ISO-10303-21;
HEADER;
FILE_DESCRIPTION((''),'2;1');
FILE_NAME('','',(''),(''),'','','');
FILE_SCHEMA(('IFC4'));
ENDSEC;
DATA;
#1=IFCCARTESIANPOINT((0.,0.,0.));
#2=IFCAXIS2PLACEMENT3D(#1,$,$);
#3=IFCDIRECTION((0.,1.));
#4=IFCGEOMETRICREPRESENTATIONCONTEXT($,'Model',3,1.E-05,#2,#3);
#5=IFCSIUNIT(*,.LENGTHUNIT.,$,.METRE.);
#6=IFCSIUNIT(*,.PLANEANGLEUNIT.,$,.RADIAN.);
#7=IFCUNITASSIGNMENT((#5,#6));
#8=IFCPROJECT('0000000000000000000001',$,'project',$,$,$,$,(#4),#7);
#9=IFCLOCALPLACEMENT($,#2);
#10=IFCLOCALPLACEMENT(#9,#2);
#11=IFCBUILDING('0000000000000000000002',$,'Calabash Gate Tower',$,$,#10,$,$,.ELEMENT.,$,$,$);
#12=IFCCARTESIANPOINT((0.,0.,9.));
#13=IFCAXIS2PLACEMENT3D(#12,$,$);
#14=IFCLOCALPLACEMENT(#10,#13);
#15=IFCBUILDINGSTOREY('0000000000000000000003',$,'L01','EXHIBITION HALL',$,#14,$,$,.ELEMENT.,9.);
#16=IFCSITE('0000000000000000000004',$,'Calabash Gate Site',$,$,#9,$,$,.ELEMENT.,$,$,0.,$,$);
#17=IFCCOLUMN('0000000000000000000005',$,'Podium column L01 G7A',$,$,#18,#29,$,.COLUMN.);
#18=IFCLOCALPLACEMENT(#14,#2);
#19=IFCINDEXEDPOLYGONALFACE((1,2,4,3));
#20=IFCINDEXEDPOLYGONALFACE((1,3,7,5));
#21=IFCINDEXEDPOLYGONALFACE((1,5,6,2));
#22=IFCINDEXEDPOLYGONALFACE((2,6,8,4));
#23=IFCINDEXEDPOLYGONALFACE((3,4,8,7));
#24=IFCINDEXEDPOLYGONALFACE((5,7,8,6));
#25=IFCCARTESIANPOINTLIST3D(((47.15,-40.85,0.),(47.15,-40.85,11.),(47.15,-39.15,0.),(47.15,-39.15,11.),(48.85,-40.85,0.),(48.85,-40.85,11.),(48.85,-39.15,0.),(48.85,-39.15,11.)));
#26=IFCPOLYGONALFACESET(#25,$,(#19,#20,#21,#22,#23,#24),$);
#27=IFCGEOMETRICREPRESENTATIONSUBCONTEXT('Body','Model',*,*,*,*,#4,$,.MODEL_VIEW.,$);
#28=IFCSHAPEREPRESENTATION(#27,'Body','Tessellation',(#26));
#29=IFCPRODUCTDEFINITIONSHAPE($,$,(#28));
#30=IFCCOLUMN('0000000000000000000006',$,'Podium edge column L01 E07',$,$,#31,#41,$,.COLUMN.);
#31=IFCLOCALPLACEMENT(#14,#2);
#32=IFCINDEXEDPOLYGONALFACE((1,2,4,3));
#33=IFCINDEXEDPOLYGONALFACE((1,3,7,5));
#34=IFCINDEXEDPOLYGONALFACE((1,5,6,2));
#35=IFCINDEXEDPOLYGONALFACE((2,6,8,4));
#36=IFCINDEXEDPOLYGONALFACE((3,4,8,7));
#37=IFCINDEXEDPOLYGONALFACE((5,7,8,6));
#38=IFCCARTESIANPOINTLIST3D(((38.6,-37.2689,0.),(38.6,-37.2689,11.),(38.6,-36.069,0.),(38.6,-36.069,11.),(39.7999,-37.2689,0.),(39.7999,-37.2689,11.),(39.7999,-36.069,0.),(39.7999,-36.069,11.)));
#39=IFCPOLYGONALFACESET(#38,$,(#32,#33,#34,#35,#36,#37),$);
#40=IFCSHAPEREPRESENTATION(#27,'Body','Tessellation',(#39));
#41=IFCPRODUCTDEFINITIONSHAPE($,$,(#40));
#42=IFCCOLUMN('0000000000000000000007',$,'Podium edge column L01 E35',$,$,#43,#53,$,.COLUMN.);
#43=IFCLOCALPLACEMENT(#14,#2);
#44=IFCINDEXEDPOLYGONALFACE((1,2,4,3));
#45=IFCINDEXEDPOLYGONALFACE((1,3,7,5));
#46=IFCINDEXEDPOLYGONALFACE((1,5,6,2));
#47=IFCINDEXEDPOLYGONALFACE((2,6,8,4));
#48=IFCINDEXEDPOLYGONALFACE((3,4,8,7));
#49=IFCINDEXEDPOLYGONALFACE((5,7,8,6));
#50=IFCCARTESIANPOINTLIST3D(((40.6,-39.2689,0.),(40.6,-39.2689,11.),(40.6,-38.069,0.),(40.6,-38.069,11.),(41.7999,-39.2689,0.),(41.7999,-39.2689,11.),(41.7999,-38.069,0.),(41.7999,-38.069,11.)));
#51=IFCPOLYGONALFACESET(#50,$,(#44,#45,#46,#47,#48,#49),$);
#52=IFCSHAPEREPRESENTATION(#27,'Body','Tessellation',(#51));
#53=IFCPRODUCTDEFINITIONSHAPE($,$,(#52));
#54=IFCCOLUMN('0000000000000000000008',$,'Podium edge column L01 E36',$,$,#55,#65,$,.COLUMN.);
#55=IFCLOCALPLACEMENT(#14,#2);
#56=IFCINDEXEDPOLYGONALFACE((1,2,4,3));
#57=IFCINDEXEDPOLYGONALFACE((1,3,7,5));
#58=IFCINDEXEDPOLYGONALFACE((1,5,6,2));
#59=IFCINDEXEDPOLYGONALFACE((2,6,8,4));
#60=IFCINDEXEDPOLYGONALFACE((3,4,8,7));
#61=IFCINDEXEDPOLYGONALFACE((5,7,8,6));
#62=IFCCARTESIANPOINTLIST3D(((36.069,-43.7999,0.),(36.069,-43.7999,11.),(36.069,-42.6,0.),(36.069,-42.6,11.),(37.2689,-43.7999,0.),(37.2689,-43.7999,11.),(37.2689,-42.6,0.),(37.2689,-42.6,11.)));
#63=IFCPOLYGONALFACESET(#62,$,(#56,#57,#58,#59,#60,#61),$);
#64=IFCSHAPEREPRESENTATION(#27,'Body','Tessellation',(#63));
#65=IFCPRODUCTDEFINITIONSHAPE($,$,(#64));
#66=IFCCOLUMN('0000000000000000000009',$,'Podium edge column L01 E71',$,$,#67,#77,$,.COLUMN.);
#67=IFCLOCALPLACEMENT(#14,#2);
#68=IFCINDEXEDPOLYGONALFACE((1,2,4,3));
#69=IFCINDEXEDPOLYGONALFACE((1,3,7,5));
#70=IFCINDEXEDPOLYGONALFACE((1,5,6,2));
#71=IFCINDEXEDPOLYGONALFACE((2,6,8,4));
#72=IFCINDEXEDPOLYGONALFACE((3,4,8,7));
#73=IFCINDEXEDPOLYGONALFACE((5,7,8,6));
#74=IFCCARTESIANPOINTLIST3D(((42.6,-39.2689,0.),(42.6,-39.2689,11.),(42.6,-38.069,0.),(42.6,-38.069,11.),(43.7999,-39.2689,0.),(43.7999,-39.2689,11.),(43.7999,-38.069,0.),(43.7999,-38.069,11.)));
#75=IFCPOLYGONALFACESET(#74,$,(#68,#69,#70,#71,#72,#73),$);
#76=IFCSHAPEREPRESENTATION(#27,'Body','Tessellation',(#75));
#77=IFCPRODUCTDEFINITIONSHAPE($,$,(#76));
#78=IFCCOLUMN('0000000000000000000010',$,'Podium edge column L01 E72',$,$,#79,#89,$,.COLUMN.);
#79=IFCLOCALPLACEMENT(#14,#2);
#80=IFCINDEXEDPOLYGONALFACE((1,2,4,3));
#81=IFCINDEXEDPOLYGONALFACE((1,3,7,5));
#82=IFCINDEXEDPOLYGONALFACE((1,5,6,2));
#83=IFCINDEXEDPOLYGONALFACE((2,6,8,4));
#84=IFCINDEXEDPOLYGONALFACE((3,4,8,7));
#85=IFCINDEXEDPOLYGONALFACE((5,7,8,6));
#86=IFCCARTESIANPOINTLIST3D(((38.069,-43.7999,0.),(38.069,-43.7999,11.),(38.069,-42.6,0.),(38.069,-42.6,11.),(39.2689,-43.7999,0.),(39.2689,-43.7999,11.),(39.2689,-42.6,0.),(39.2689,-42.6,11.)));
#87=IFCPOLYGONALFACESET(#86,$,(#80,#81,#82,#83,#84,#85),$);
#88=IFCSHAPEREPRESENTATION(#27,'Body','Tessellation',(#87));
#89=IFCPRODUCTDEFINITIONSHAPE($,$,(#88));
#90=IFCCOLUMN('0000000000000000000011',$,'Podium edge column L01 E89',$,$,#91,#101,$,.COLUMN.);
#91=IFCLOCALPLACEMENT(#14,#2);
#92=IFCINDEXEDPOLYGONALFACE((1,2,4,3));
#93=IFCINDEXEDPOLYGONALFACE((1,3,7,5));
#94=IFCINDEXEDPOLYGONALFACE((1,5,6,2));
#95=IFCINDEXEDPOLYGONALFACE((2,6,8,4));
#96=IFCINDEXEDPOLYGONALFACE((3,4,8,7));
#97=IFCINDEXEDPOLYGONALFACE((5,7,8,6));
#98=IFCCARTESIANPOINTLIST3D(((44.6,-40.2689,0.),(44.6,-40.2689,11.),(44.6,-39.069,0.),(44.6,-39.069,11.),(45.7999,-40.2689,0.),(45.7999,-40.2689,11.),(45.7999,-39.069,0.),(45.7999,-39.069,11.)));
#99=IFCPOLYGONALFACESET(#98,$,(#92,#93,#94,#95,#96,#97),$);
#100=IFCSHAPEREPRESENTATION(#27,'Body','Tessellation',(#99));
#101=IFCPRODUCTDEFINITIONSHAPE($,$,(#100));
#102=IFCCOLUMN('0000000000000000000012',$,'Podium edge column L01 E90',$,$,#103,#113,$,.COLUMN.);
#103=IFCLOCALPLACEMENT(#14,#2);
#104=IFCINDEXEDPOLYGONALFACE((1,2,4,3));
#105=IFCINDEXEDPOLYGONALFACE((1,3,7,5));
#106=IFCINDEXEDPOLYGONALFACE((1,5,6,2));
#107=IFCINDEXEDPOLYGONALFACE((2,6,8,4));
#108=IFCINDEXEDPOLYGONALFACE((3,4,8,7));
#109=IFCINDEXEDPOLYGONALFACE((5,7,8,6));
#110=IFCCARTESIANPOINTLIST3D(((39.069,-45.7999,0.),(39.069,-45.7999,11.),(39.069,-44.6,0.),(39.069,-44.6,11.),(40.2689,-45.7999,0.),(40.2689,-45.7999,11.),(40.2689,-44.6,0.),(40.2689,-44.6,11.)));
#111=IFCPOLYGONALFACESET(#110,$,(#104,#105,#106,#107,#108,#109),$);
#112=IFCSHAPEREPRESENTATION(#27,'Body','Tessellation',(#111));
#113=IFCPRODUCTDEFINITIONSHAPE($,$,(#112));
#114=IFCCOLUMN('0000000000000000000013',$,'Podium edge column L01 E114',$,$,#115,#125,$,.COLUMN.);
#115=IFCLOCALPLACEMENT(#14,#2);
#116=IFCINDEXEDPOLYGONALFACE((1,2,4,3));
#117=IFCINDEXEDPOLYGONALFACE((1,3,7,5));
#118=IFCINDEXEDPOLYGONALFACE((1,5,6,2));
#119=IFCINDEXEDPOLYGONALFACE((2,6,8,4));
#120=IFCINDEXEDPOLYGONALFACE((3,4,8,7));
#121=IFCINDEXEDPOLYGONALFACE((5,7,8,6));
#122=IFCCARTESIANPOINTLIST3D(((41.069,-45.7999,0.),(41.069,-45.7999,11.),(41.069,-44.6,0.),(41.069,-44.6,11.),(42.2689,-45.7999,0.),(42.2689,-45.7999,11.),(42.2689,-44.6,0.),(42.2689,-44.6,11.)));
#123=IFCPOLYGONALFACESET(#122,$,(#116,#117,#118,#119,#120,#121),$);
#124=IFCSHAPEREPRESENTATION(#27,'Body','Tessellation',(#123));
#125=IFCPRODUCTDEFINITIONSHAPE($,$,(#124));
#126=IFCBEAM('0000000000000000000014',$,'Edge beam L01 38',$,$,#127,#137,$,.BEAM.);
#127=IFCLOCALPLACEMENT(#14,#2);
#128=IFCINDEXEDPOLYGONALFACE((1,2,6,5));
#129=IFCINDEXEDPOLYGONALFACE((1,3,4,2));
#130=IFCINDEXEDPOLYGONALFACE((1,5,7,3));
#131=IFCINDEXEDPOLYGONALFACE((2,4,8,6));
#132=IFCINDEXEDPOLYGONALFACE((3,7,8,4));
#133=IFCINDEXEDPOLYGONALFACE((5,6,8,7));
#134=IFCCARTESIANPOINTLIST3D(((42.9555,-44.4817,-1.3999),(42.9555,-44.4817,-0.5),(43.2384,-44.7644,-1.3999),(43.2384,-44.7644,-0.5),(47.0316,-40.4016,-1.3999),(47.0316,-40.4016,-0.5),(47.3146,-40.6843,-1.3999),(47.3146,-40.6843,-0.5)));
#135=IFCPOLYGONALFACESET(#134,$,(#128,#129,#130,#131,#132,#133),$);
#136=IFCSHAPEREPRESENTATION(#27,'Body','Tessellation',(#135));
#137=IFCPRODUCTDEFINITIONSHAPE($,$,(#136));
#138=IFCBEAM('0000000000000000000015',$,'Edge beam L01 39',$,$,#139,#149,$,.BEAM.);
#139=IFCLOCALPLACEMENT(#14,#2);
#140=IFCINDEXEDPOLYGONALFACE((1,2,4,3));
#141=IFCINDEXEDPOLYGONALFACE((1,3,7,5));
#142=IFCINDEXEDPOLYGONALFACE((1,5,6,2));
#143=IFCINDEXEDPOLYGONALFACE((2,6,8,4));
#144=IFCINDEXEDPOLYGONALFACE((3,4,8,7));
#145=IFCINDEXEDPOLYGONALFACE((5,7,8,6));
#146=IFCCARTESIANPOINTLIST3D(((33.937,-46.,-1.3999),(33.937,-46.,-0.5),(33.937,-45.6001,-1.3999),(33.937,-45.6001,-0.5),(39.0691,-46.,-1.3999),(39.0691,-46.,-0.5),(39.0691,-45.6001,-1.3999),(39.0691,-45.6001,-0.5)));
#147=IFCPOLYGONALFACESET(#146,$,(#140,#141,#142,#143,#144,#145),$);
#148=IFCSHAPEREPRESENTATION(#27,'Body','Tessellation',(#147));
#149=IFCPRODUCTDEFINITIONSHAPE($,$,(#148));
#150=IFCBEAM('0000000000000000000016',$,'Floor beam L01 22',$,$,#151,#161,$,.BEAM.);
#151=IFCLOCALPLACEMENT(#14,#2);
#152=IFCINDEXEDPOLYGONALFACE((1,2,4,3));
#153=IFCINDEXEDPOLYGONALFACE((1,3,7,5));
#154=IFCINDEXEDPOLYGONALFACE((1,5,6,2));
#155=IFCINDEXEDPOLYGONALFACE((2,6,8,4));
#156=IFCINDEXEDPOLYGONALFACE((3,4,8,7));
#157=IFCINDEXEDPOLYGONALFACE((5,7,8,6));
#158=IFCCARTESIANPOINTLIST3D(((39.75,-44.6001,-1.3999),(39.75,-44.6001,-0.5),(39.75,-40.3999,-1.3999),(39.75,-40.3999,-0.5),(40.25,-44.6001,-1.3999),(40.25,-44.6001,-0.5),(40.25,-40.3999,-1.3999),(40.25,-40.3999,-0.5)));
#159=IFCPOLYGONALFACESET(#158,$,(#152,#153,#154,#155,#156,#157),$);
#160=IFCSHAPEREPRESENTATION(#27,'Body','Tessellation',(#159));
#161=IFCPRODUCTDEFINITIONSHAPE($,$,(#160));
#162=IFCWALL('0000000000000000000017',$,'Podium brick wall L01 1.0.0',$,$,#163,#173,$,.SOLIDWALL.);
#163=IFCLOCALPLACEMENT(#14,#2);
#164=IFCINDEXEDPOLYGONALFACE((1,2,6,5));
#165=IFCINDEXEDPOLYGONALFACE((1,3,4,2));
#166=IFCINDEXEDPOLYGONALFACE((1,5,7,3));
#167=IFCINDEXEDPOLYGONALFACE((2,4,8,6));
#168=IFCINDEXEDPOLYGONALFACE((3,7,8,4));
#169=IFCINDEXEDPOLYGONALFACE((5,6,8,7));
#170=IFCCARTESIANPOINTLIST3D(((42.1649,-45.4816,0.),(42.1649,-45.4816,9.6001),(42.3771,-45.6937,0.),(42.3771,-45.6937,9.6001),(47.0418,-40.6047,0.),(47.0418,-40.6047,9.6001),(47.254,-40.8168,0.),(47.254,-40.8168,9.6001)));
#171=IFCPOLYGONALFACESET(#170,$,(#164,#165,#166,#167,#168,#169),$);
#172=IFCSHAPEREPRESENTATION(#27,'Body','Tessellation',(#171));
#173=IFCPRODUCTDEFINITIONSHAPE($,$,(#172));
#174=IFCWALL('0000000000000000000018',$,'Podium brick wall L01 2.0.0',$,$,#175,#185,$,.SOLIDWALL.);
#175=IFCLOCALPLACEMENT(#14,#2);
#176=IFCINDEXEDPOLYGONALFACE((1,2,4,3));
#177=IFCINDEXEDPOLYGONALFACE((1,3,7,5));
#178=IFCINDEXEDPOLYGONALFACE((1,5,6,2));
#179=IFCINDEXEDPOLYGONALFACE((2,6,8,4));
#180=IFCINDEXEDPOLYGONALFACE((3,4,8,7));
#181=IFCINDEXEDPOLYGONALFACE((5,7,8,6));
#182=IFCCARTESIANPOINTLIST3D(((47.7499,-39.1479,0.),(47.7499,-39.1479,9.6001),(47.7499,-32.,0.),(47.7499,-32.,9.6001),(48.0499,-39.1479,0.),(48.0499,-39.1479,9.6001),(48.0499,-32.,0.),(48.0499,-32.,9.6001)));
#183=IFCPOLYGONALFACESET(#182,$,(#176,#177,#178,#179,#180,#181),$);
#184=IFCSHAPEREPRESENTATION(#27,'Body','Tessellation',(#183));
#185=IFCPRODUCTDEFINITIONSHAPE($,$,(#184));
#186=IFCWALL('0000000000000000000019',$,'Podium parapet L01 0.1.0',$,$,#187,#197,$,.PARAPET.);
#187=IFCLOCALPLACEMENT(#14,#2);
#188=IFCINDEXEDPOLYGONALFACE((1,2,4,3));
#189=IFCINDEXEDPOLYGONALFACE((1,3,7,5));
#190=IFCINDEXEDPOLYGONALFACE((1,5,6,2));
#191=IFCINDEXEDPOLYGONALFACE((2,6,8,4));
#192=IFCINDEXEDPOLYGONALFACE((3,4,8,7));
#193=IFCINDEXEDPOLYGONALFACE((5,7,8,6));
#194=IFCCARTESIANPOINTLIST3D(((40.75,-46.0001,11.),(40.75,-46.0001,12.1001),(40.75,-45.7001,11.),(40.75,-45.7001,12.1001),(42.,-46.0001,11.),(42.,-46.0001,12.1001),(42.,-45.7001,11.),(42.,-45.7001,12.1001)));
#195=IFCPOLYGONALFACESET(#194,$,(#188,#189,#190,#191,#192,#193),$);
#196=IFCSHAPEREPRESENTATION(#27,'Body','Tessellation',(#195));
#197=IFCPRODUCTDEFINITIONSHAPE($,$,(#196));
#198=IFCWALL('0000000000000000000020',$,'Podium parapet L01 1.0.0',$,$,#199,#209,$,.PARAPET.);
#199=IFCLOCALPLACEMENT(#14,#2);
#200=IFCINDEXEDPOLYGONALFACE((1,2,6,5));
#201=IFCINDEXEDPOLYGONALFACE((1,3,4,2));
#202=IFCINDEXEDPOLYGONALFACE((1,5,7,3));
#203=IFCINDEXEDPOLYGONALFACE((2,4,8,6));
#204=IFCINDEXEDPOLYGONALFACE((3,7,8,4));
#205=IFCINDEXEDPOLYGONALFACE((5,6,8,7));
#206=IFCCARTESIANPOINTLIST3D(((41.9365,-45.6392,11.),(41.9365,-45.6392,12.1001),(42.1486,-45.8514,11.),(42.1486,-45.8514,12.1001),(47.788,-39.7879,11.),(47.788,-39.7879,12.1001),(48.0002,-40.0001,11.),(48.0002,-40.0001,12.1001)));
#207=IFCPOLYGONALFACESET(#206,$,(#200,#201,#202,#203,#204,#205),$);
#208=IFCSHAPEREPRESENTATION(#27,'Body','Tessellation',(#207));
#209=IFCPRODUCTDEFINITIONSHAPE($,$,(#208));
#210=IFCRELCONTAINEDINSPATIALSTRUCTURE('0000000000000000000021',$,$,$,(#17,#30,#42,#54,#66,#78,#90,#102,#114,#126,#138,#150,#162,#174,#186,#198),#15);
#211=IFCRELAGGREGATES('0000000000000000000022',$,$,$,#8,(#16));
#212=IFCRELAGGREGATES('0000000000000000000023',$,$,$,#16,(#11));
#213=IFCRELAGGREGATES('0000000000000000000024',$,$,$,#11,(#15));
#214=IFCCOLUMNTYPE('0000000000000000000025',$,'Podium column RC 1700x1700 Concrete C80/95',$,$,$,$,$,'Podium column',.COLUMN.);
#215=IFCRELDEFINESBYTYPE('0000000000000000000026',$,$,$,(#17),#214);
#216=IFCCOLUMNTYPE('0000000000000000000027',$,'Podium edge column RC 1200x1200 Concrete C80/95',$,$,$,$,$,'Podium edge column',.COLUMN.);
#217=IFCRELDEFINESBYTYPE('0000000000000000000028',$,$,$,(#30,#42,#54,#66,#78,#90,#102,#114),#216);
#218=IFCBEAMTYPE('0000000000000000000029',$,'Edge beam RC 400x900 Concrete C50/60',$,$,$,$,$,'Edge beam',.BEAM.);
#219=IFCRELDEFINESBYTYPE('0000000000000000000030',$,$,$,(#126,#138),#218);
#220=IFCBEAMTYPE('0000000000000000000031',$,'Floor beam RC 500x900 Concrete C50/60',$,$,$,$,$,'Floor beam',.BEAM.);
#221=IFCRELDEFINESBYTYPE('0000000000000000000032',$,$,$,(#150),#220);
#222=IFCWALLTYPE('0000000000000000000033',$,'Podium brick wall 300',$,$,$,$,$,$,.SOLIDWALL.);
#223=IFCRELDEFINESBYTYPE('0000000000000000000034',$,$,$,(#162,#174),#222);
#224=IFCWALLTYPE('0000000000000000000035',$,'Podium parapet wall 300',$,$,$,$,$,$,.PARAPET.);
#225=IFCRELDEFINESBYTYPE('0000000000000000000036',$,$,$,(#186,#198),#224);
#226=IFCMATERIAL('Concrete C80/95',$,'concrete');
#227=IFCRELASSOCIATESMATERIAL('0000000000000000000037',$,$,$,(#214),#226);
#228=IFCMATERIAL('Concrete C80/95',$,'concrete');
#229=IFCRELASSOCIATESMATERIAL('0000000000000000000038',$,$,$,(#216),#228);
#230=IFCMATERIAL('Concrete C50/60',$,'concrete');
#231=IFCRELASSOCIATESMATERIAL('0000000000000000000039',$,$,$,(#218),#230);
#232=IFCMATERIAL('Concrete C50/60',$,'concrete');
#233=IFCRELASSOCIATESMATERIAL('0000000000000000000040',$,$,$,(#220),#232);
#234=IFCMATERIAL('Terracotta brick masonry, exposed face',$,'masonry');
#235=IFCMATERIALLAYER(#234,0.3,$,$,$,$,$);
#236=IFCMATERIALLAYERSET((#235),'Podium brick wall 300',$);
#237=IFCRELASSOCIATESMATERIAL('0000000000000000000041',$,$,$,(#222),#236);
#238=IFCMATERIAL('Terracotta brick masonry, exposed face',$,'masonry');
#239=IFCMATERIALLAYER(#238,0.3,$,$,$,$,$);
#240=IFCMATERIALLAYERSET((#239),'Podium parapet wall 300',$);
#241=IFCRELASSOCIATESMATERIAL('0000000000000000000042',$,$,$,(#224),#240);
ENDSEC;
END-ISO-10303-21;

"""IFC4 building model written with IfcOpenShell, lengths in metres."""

from ifc_helpers import new_model, si_unit, direction, frame, frame_2d, origin, origin_2d, place, context, subcontext, project, spatial, rectangle, extrude, material, layer, layer_set, material_profile, profile_set, type_object, element, save


model = new_model("IFC4")

# Units and contexts
model_context = context("Model", 3, precision=1e-05, world=origin(), true_north=direction((0.0, 1.0)))
body_context = subcontext(model_context, "Body", "Model", "MODEL_VIEW")
ifc_project = project(units=[si_unit("LENGTHUNIT", "METRE"), si_unit("PLANEANGLEUNIT", "RADIAN")], contexts=[model_context])

# Site, building, storey
site_placement = place(None, origin())
site = spatial("IfcSite", under=ifc_project, at=site_placement, Name="Calabash Gate Site", CompositionType="ELEMENT", RefElevation=0.0)
building_placement = place(site_placement, origin())
building = spatial("IfcBuilding", under=site, at=building_placement, Name="Calabash Gate Tower", CompositionType="ELEMENT")
storey_placement = place(building_placement, frame((0.0, 0.0, 9.0)))
storey = spatial("IfcBuildingStorey", under=building, at=storey_placement, Name="L01", Description="EXHIBITION HALL", CompositionType="ELEMENT", Elevation=9.0)

# Columns
ifc_material_1 = material(Name="Concrete C80/95", Category="concrete")
ifc_material_profile_1 = material_profile(ifc_material_1, rectangle(XDim=1.7, YDim=1.7, at=origin_2d()))
ifc_profile_set_1 = profile_set([ifc_material_profile_1], Name="Concrete C80/95")
column_type_1 = type_object("IfcColumnType", Name="Podium column RC 1700x1700 Concrete C80/95", ElementType="Podium column", PredefinedType="COLUMN", material=ifc_profile_set_1)
column_placement = place(storey_placement, frame((48.0, -40.0, 0.0), z_axis=(0.0, 0.0, 1.0), x_axis=(1.0, 0.0, 0.0)))
element("IfcColumn", 1, at=column_placement, inside=storey, type_object=column_type_1, Name="Podium column L01 G7A", PredefinedType="COLUMN", context=body_context, shape_type="SweptSolid", body=[
    extrude(rectangle(XDim=1.7, YDim=1.7, at=origin_2d()), origin(), (0.0, 0.0, 1.0), 11.0),
])
ifc_material_2 = material(Name="Concrete C80/95", Category="concrete")
ifc_material_profile_2 = material_profile(ifc_material_2, rectangle(XDim=1.2, YDim=1.2, at=origin_2d()))
ifc_profile_set_2 = profile_set([ifc_material_profile_2], Name="Concrete C80/95")
column_type_2 = type_object("IfcColumnType", Name="Podium edge column RC 1200x1200 Concrete C80/95", ElementType="Podium edge column", PredefinedType="COLUMN", material=ifc_profile_set_2)
for number, where, z_axis, x_axis, name in (
    (2, (39.2, -36.6689, 0.0), (0.0, 0.0, 1.0), (1.0, 0.0, 0.0), "Podium edge column L01 E07"),
    (3, (41.2, -38.6689, 0.0), (0.0, 0.0, 1.0), (1.0, 0.0, 0.0), "Podium edge column L01 E35"),
    (4, (36.6689, -43.2, 0.0), (0.0, 0.0, 1.0), (1.0, 0.0, 0.0), "Podium edge column L01 E36"),
    (5, (43.2, -38.6689, 0.0), (0.0, 0.0, 1.0), (1.0, 0.0, 0.0), "Podium edge column L01 E71"),
    (6, (38.6689, -43.2, 0.0), (0.0, 0.0, 1.0), (1.0, 0.0, 0.0), "Podium edge column L01 E72"),
    (7, (45.2, -39.6689, 0.0), (0.0, 0.0, 1.0), (1.0, 0.0, 0.0), "Podium edge column L01 E89"),
    (8, (39.6689, -45.2, 0.0), (0.0, 0.0, 1.0), (1.0, 0.0, 0.0), "Podium edge column L01 E90"),
    (9, (41.6689, -45.2, 0.0), (0.0, 0.0, 1.0), (1.0, 0.0, 0.0), "Podium edge column L01 E114"),
):
    element("IfcColumn", number, at=place(storey_placement, frame(where, z_axis=z_axis, x_axis=x_axis)), inside=storey, type_object=column_type_2, Name=name, PredefinedType="COLUMN", context=body_context, shape_type="SweptSolid", body=[
        extrude(rectangle(XDim=1.2, YDim=1.2, at=origin_2d()), origin(), (0.0, 0.0, 1.0), 11.0),
    ])

# Beams
ifc_material_3 = material(Name="Concrete C50/60", Category="concrete")
ifc_material_profile_3 = material_profile(ifc_material_3, rectangle(XDim=0.3999, YDim=0.8999, at=origin_2d()))
ifc_profile_set_3 = profile_set([ifc_material_profile_3], Name="Concrete C50/60")
beam_type_1 = type_object("IfcBeamType", Name="Edge beam RC 400x900 Concrete C50/60", ElementType="Edge beam", PredefinedType="BEAM", material=ifc_profile_set_3)
beam_1_placement = place(storey_placement, frame((47.1731, -40.543, -0.95), z_axis=(-0.706768, -0.707445, 0.0), x_axis=(0.707445, -0.706768, 0.0)))
element("IfcBeam", 10, at=beam_1_placement, inside=storey, type_object=beam_type_1, Name="Edge beam L01 38", PredefinedType="BEAM", context=body_context, shape_type="SweptSolid", body=[
    extrude(rectangle(XDim=0.3999, YDim=0.8999, at=origin_2d()), origin(), (0.0, 0.0, 1.0), 5.7673),
])
beam_2_placement = place(storey_placement, frame((39.0691, -45.8, -0.95), z_axis=(-1.0, 0.0, 0.0), x_axis=(0.0, -1.0, 0.0)))
element("IfcBeam", 11, at=beam_2_placement, inside=storey, type_object=beam_type_1, Name="Edge beam L01 39", PredefinedType="BEAM", context=body_context, shape_type="SweptSolid", body=[
    extrude(rectangle(XDim=0.3999, YDim=0.8999, at=origin_2d()), origin(), (0.0, 0.0, 1.0), 5.1321),
])
ifc_material_4 = material(Name="Concrete C50/60", Category="concrete")
ifc_material_profile_4 = material_profile(ifc_material_4, rectangle(XDim=0.5, YDim=0.8999, at=origin_2d()))
ifc_profile_set_4 = profile_set([ifc_material_profile_4], Name="Concrete C50/60")
beam_type_2 = type_object("IfcBeamType", Name="Floor beam RC 500x900 Concrete C50/60", ElementType="Floor beam", PredefinedType="BEAM", material=ifc_profile_set_4)
beam_3_placement = place(storey_placement, frame((40.0, -44.6001, -0.95), z_axis=(0.0, 1.0, 0.0), x_axis=(-1.0, 0.0, 0.0)))
element("IfcBeam", 12, at=beam_3_placement, inside=storey, type_object=beam_type_2, Name="Floor beam L01 22", PredefinedType="BEAM", context=body_context, shape_type="SweptSolid", body=[
    extrude(rectangle(XDim=0.5, YDim=0.8999, at=origin_2d()), origin(), (0.0, 0.0, 1.0), 4.2002),
])

# Walls
ifc_material_5 = material(Name="Terracotta brick masonry, exposed face", Category="masonry")
ifc_layer_1 = layer(ifc_material_5, 0.3)
ifc_layer_set_1 = layer_set([ifc_layer_1], Name="Podium brick wall 300")
wall_type_1 = type_object("IfcWallType", Name="Podium brick wall 300", PredefinedType="SOLIDWALL", material=ifc_layer_set_1)
wall_1_placement = place(storey_placement, frame((42.271, -45.5876, 0.0), z_axis=(0.0, 0.0, 1.0), x_axis=(0.707107, 0.707107, 0.0)))
element("IfcWall", 13, at=wall_1_placement, inside=storey, type_object=wall_type_1, Name="Podium brick wall L01 1.0.0", PredefinedType="SOLIDWALL", context=body_context, shape_type="SweptSolid", body=[
    extrude(rectangle(XDim=6.897, YDim=0.3, at=frame_2d((3.4485, 0.0))), origin(), (0.0, 0.0, 1.0), 9.6001),
])
wall_2_placement = place(storey_placement, frame((47.8999, -39.1479, 0.0), z_axis=(0.0, 0.0, 1.0), x_axis=(0.0, 1.0, 0.0)))
element("IfcWall", 14, at=wall_2_placement, inside=storey, type_object=wall_type_1, Name="Podium brick wall L01 2.0.0", PredefinedType="SOLIDWALL", context=body_context, shape_type="SweptSolid", body=[
    extrude(rectangle(XDim=7.1479, YDim=0.3, at=frame_2d((3.574, 0.0))), origin(), (0.0, 0.0, 1.0), 9.6001),
])
ifc_material_6 = material(Name="Terracotta brick masonry, exposed face", Category="masonry")
ifc_layer_2 = layer(ifc_material_6, 0.3)
ifc_layer_set_2 = layer_set([ifc_layer_2], Name="Podium parapet wall 300")
wall_type_2 = type_object("IfcWallType", Name="Podium parapet wall 300", PredefinedType="PARAPET", material=ifc_layer_set_2)
wall_3_placement = place(storey_placement, frame((40.75, -45.8501, 11.0), z_axis=(0.0, 0.0, 1.0), x_axis=(1.0, 0.0, 0.0)))
element("IfcWall", 15, at=wall_3_placement, inside=storey, type_object=wall_type_2, Name="Podium parapet L01 0.1.0", PredefinedType="PARAPET", context=body_context, shape_type="SweptSolid", body=[
    extrude(rectangle(XDim=1.25, YDim=0.3, at=frame_2d((0.625, 0.0))), origin(), (0.0, 0.0, 1.0), 1.1001),
])
wall_4_placement = place(storey_placement, frame((42.0425, -45.7454, 11.0), z_axis=(0.0, 0.0, 1.0), x_axis=(0.707122, 0.707092, 0.0)))
element("IfcWall", 16, at=wall_4_placement, inside=storey, type_object=wall_type_2, Name="Podium parapet L01 1.0.0", PredefinedType="PARAPET", context=body_context, shape_type="SweptSolid", body=[
    extrude(rectangle(XDim=8.2751, YDim=0.3, at=frame_2d((4.1377, 0.0))), origin(), (0.0, 0.0, 1.0), 1.1001),
])

save(model, "model.ifc")
